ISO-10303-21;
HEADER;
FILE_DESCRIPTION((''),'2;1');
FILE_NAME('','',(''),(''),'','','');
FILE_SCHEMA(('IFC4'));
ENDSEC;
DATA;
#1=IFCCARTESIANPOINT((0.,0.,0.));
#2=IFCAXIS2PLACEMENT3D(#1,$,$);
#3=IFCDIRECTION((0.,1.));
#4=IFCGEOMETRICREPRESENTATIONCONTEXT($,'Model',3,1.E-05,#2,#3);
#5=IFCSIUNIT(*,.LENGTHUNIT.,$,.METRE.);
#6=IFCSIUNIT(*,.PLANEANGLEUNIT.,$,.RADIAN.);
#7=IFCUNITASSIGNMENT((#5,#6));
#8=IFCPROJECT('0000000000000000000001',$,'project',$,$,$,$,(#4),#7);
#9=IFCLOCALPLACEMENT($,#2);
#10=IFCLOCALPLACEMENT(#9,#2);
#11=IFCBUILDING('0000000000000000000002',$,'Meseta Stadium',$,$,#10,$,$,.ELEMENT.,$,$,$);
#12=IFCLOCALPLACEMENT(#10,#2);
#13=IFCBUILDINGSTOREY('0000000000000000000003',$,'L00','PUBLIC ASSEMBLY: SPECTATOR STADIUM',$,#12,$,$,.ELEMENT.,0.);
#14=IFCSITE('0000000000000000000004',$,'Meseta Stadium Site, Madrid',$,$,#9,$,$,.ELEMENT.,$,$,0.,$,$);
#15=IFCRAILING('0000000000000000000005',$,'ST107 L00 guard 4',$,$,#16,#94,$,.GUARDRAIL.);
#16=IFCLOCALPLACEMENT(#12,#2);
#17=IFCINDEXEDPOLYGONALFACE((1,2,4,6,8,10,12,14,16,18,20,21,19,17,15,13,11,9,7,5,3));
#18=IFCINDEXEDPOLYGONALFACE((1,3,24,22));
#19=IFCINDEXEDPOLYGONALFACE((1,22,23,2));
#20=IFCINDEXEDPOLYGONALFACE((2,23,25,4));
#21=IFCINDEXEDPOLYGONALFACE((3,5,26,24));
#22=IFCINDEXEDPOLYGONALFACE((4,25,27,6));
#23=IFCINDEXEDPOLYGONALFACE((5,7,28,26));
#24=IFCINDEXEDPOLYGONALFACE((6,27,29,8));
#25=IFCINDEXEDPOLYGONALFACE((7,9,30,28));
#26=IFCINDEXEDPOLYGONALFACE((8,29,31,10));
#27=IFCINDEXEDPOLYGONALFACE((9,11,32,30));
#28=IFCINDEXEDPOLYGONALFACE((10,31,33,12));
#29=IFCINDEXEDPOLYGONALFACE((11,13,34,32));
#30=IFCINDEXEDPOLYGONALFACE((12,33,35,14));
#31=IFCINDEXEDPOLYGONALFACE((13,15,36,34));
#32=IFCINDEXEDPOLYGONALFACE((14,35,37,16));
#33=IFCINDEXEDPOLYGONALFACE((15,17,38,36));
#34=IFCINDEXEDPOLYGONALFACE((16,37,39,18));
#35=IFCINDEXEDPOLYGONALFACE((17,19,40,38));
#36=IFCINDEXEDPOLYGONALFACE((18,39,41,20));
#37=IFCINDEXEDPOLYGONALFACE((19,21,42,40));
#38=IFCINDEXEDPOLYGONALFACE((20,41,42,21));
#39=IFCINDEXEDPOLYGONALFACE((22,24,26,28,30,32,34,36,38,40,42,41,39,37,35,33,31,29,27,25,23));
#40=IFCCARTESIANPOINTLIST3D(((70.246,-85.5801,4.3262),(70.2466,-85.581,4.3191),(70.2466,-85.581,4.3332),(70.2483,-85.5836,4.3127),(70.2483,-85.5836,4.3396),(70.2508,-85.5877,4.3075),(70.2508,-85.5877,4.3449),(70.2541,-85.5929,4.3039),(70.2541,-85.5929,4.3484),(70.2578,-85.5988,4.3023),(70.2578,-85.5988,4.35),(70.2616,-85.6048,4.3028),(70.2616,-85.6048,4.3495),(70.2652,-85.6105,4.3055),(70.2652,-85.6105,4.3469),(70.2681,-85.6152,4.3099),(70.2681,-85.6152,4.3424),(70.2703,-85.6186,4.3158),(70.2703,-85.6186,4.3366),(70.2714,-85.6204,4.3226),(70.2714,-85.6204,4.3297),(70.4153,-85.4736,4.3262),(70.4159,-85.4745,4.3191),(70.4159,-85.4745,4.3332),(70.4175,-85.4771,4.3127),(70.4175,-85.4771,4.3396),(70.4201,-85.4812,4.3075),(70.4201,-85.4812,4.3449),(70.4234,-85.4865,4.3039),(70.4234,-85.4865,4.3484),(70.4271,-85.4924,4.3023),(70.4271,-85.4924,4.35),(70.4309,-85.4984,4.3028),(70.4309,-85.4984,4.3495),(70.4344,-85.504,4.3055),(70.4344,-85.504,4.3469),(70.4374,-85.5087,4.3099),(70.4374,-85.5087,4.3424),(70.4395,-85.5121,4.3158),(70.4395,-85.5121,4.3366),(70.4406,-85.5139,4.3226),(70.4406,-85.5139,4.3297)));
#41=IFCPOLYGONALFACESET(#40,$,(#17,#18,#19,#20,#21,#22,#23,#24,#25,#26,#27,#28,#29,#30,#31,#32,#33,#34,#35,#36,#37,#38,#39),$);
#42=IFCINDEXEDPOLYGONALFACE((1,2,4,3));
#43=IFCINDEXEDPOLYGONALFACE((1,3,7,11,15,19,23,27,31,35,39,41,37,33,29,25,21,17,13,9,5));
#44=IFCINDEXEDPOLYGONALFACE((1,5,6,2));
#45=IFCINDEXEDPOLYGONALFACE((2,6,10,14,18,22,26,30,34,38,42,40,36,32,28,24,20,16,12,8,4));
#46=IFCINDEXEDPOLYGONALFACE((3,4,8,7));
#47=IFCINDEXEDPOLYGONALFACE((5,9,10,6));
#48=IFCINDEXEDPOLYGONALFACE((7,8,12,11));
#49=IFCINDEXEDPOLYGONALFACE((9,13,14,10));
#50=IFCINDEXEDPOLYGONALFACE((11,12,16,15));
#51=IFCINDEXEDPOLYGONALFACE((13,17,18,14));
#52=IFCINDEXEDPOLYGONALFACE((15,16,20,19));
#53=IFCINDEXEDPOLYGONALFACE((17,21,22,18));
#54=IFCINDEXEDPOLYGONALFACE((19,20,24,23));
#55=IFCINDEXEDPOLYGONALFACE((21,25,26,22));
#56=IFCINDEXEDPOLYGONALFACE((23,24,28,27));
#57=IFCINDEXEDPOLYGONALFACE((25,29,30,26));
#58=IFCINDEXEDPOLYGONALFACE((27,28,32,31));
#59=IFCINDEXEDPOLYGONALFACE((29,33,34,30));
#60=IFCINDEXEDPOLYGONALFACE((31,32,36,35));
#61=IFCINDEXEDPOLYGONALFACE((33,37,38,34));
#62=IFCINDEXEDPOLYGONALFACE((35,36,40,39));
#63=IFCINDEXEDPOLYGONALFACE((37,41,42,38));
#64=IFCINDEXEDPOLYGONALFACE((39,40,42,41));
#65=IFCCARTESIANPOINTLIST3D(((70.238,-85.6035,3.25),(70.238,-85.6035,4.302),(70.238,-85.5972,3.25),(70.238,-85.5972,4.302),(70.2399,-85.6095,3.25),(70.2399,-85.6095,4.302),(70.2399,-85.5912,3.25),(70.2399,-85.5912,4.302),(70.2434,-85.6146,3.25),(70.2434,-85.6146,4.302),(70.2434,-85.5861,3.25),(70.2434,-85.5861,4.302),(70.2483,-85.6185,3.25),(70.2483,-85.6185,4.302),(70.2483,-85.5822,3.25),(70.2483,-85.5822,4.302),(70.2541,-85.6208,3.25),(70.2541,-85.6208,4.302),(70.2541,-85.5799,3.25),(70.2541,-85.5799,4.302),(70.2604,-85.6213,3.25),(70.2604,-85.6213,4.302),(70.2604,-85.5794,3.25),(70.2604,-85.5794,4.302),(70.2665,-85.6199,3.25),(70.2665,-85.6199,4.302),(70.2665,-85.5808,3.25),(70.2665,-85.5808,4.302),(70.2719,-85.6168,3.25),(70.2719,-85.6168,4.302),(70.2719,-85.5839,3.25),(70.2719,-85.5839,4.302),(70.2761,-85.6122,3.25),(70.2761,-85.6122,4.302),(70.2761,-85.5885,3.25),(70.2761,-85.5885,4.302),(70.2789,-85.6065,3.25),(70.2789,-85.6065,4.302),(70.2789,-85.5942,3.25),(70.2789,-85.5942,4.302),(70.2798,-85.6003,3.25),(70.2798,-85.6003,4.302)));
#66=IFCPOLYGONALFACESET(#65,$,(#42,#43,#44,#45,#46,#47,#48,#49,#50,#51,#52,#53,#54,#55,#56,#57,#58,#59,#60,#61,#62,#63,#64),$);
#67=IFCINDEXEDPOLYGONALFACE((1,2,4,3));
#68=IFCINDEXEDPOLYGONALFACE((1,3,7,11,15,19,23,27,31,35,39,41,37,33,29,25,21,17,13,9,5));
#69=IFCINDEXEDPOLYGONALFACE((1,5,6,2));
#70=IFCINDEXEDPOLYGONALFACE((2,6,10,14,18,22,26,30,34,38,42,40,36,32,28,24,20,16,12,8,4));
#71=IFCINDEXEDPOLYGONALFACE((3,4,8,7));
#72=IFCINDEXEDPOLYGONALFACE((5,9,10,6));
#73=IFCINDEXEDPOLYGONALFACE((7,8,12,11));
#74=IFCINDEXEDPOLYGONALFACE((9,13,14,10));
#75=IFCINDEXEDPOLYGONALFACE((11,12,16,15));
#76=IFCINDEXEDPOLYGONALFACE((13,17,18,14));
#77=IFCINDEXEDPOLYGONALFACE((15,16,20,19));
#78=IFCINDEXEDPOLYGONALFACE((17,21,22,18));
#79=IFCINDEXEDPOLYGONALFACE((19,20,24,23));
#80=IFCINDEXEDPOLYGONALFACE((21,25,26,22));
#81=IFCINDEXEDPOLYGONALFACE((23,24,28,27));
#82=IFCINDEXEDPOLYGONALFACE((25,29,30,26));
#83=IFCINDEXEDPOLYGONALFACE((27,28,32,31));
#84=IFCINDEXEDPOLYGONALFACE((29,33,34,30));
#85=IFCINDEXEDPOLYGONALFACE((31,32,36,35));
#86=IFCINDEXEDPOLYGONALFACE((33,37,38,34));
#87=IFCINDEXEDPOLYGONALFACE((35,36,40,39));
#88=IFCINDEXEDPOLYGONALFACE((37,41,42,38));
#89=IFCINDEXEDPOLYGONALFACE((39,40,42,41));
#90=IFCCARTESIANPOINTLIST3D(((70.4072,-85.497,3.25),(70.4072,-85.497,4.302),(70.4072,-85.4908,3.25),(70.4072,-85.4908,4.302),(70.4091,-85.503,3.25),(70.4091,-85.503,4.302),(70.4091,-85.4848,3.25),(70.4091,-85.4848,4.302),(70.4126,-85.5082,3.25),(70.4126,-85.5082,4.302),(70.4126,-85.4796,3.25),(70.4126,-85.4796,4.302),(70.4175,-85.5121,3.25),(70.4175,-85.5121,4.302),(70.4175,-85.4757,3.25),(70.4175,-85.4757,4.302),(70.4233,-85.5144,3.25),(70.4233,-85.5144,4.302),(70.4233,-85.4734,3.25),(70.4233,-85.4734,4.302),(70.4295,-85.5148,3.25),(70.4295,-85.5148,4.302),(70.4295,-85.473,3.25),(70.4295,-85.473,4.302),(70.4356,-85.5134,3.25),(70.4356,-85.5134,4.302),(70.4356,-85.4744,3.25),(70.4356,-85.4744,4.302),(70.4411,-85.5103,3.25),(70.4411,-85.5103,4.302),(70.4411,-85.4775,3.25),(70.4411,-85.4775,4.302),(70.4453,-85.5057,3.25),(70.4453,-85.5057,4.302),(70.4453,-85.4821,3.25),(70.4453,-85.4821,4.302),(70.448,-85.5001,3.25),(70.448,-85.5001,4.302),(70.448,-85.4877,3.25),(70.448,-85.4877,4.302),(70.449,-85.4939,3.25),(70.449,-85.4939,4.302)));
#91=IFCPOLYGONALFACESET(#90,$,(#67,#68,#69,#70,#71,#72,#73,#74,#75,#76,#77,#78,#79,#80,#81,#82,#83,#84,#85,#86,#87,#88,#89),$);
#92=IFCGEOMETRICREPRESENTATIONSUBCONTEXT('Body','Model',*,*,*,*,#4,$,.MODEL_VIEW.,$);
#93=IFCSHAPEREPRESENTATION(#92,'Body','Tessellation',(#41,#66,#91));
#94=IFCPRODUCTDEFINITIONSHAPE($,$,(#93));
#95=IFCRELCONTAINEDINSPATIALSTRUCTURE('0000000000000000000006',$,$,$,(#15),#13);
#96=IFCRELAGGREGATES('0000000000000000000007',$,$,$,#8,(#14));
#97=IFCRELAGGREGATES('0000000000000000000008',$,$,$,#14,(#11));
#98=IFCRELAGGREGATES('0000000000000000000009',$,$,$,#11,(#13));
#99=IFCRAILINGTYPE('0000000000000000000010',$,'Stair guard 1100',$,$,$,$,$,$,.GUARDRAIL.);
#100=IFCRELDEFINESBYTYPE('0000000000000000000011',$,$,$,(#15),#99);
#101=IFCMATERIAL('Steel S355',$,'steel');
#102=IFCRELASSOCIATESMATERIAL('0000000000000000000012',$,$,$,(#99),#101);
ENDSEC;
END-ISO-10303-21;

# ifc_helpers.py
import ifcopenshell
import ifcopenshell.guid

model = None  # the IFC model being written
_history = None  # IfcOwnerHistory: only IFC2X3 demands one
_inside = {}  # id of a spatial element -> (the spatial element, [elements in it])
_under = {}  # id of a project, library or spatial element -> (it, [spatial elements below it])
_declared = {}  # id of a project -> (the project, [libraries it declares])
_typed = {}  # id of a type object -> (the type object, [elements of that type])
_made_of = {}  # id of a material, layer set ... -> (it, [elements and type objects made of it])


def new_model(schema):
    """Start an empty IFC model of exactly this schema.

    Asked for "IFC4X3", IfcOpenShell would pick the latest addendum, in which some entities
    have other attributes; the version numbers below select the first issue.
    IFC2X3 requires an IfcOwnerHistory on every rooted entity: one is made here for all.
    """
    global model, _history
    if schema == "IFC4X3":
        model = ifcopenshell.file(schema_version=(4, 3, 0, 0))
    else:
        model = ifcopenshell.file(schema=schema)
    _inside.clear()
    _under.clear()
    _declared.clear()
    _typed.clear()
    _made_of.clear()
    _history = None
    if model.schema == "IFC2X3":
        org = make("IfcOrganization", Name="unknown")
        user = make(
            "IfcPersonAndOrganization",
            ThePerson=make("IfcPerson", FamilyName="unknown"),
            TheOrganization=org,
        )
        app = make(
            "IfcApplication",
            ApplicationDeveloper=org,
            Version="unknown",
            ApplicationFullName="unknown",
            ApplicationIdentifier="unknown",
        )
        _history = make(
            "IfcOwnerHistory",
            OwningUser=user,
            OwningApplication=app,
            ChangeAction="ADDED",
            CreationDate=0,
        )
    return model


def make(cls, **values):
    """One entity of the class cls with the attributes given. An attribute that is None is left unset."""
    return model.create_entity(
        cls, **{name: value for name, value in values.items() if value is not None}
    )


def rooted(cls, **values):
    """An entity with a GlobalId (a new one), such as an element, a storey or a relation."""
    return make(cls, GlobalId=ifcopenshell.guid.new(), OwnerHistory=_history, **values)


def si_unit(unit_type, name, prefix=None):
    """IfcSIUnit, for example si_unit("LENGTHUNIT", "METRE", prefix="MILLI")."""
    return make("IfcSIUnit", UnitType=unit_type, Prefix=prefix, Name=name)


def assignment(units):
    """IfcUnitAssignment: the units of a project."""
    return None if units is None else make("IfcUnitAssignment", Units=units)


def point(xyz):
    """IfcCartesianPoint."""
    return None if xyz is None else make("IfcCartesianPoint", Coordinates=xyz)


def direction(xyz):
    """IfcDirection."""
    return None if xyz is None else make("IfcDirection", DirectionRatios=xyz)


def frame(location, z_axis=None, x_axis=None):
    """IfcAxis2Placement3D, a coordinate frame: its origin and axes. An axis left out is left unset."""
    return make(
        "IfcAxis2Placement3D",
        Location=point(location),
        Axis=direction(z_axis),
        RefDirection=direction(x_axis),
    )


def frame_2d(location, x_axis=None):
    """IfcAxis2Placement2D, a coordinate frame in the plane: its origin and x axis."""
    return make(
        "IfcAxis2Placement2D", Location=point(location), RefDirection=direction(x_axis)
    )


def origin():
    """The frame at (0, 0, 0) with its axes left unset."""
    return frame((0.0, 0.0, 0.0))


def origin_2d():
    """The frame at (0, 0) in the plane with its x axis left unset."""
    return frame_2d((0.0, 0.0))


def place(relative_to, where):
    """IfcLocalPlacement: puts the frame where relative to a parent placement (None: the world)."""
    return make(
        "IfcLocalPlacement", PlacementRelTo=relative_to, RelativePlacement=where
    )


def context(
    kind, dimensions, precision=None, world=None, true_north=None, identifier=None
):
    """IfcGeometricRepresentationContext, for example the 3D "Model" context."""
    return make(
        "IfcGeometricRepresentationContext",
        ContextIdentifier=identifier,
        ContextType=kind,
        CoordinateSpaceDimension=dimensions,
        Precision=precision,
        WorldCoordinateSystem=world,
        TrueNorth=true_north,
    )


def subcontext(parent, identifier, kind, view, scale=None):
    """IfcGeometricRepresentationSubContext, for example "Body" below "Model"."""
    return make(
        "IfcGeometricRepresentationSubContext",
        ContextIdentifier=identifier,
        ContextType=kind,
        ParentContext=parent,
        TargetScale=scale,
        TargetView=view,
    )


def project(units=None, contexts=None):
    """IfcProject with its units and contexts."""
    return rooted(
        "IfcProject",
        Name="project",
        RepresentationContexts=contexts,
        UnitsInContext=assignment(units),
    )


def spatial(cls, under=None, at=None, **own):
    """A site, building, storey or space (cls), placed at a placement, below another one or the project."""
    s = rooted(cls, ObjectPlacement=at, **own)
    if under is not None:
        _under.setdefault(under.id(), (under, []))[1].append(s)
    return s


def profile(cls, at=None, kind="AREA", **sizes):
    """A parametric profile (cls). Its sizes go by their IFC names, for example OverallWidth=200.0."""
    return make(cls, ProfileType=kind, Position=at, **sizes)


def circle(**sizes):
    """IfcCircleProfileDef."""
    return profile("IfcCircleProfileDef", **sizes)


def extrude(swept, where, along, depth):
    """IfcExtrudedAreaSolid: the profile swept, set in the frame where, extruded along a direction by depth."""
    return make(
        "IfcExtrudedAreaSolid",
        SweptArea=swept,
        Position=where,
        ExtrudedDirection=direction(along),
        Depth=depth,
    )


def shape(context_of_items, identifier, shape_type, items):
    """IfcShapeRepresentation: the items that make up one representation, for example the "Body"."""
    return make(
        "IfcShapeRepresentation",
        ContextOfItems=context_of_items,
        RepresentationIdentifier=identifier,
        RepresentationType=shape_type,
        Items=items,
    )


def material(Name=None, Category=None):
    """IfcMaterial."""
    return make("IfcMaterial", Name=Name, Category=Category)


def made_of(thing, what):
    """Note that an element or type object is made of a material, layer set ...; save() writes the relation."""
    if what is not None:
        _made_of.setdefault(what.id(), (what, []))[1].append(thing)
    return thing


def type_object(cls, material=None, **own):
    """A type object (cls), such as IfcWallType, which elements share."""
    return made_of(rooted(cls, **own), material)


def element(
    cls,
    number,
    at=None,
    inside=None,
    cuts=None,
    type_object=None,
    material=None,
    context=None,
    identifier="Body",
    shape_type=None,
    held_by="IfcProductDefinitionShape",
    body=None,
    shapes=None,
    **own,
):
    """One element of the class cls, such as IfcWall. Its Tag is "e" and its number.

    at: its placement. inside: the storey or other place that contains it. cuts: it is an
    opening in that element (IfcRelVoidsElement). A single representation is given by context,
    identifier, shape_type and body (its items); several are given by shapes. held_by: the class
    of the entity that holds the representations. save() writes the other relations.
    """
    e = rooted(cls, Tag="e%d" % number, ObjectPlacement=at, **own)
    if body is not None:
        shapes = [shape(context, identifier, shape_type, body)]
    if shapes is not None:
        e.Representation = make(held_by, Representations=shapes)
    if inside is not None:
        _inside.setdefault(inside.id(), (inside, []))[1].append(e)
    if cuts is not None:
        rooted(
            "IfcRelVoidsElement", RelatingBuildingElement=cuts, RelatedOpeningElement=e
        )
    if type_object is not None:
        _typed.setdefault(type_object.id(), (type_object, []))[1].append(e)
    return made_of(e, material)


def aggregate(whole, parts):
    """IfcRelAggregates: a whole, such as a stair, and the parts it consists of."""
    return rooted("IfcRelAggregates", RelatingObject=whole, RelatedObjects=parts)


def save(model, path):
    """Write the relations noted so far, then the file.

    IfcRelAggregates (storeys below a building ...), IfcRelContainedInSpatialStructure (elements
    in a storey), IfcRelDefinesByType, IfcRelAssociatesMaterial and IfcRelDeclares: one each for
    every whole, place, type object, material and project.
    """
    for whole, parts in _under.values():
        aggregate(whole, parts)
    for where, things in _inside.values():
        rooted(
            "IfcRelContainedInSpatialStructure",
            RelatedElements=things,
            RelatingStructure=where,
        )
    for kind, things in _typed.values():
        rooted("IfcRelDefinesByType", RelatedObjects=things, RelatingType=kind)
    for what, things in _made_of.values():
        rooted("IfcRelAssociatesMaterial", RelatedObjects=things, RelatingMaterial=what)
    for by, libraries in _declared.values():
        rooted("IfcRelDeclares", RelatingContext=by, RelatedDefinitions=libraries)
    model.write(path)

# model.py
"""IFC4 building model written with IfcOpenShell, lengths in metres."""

from ifc_helpers import new_model, si_unit, direction, frame, origin, origin_2d, place, context, subcontext, project, spatial, circle, extrude, material, type_object, element, save


model = new_model("IFC4")

# Units and contexts
model_context = context("Model", 3, precision=1e-05, world=origin(), true_north=direction((0.0, 1.0)))
body_context = subcontext(model_context, "Body", "Model", "MODEL_VIEW")
ifc_project = project(units=[si_unit("LENGTHUNIT", "METRE"), si_unit("PLANEANGLEUNIT", "RADIAN")], contexts=[model_context])

# Site, building, storey
site_placement = place(None, origin())
site = spatial("IfcSite", under=ifc_project, at=site_placement, Name="Meseta Stadium Site, Madrid", CompositionType="ELEMENT", RefElevation=0.0)
building_placement = place(site_placement, origin())
building = spatial("IfcBuilding", under=site, at=building_placement, Name="Meseta Stadium", CompositionType="ELEMENT")
storey_placement = place(building_placement, origin())
storey = spatial("IfcBuildingStorey", under=building, at=storey_placement, Name="L00", Description="PUBLIC ASSEMBLY: SPECTATOR STADIUM", CompositionType="ELEMENT", Elevation=0.0)

# Railing
ifc_material_1 = material(Name="Steel S355", Category="steel")
railing_type_1 = type_object("IfcRailingType", Name="Stair guard 1100", PredefinedType="GUARDRAIL", material=ifc_material_1)
railing_1_placement = place(storey_placement, frame((70.2588, -85.6003, 3.25)))
element("IfcRailing", 1, at=railing_1_placement, inside=storey, type_object=railing_type_1, Name="ST107 L00 guard 4", PredefinedType="GUARDRAIL", context=body_context, shape_type="SweptSolid", body=[
    extrude(circle(Radius=0.0239, at=origin_2d()), frame((0.0, 0.0, 1.0762), z_axis=(0.846416, 0.532522, 0.0), x_axis=(-0.532522, 0.846416, 0.0)), (0.0, 0.0, 1.0), 0.2),
    extrude(circle(Radius=0.021, at=origin_2d()), origin(), (0.0, 0.0, 1.0), 1.052),
    extrude(circle(Radius=0.021, at=origin_2d()), frame((0.1692, 0.1064, 0.0)), (0.0, 0.0, 1.0), 1.052),
])

save(model, "model.ifc")
